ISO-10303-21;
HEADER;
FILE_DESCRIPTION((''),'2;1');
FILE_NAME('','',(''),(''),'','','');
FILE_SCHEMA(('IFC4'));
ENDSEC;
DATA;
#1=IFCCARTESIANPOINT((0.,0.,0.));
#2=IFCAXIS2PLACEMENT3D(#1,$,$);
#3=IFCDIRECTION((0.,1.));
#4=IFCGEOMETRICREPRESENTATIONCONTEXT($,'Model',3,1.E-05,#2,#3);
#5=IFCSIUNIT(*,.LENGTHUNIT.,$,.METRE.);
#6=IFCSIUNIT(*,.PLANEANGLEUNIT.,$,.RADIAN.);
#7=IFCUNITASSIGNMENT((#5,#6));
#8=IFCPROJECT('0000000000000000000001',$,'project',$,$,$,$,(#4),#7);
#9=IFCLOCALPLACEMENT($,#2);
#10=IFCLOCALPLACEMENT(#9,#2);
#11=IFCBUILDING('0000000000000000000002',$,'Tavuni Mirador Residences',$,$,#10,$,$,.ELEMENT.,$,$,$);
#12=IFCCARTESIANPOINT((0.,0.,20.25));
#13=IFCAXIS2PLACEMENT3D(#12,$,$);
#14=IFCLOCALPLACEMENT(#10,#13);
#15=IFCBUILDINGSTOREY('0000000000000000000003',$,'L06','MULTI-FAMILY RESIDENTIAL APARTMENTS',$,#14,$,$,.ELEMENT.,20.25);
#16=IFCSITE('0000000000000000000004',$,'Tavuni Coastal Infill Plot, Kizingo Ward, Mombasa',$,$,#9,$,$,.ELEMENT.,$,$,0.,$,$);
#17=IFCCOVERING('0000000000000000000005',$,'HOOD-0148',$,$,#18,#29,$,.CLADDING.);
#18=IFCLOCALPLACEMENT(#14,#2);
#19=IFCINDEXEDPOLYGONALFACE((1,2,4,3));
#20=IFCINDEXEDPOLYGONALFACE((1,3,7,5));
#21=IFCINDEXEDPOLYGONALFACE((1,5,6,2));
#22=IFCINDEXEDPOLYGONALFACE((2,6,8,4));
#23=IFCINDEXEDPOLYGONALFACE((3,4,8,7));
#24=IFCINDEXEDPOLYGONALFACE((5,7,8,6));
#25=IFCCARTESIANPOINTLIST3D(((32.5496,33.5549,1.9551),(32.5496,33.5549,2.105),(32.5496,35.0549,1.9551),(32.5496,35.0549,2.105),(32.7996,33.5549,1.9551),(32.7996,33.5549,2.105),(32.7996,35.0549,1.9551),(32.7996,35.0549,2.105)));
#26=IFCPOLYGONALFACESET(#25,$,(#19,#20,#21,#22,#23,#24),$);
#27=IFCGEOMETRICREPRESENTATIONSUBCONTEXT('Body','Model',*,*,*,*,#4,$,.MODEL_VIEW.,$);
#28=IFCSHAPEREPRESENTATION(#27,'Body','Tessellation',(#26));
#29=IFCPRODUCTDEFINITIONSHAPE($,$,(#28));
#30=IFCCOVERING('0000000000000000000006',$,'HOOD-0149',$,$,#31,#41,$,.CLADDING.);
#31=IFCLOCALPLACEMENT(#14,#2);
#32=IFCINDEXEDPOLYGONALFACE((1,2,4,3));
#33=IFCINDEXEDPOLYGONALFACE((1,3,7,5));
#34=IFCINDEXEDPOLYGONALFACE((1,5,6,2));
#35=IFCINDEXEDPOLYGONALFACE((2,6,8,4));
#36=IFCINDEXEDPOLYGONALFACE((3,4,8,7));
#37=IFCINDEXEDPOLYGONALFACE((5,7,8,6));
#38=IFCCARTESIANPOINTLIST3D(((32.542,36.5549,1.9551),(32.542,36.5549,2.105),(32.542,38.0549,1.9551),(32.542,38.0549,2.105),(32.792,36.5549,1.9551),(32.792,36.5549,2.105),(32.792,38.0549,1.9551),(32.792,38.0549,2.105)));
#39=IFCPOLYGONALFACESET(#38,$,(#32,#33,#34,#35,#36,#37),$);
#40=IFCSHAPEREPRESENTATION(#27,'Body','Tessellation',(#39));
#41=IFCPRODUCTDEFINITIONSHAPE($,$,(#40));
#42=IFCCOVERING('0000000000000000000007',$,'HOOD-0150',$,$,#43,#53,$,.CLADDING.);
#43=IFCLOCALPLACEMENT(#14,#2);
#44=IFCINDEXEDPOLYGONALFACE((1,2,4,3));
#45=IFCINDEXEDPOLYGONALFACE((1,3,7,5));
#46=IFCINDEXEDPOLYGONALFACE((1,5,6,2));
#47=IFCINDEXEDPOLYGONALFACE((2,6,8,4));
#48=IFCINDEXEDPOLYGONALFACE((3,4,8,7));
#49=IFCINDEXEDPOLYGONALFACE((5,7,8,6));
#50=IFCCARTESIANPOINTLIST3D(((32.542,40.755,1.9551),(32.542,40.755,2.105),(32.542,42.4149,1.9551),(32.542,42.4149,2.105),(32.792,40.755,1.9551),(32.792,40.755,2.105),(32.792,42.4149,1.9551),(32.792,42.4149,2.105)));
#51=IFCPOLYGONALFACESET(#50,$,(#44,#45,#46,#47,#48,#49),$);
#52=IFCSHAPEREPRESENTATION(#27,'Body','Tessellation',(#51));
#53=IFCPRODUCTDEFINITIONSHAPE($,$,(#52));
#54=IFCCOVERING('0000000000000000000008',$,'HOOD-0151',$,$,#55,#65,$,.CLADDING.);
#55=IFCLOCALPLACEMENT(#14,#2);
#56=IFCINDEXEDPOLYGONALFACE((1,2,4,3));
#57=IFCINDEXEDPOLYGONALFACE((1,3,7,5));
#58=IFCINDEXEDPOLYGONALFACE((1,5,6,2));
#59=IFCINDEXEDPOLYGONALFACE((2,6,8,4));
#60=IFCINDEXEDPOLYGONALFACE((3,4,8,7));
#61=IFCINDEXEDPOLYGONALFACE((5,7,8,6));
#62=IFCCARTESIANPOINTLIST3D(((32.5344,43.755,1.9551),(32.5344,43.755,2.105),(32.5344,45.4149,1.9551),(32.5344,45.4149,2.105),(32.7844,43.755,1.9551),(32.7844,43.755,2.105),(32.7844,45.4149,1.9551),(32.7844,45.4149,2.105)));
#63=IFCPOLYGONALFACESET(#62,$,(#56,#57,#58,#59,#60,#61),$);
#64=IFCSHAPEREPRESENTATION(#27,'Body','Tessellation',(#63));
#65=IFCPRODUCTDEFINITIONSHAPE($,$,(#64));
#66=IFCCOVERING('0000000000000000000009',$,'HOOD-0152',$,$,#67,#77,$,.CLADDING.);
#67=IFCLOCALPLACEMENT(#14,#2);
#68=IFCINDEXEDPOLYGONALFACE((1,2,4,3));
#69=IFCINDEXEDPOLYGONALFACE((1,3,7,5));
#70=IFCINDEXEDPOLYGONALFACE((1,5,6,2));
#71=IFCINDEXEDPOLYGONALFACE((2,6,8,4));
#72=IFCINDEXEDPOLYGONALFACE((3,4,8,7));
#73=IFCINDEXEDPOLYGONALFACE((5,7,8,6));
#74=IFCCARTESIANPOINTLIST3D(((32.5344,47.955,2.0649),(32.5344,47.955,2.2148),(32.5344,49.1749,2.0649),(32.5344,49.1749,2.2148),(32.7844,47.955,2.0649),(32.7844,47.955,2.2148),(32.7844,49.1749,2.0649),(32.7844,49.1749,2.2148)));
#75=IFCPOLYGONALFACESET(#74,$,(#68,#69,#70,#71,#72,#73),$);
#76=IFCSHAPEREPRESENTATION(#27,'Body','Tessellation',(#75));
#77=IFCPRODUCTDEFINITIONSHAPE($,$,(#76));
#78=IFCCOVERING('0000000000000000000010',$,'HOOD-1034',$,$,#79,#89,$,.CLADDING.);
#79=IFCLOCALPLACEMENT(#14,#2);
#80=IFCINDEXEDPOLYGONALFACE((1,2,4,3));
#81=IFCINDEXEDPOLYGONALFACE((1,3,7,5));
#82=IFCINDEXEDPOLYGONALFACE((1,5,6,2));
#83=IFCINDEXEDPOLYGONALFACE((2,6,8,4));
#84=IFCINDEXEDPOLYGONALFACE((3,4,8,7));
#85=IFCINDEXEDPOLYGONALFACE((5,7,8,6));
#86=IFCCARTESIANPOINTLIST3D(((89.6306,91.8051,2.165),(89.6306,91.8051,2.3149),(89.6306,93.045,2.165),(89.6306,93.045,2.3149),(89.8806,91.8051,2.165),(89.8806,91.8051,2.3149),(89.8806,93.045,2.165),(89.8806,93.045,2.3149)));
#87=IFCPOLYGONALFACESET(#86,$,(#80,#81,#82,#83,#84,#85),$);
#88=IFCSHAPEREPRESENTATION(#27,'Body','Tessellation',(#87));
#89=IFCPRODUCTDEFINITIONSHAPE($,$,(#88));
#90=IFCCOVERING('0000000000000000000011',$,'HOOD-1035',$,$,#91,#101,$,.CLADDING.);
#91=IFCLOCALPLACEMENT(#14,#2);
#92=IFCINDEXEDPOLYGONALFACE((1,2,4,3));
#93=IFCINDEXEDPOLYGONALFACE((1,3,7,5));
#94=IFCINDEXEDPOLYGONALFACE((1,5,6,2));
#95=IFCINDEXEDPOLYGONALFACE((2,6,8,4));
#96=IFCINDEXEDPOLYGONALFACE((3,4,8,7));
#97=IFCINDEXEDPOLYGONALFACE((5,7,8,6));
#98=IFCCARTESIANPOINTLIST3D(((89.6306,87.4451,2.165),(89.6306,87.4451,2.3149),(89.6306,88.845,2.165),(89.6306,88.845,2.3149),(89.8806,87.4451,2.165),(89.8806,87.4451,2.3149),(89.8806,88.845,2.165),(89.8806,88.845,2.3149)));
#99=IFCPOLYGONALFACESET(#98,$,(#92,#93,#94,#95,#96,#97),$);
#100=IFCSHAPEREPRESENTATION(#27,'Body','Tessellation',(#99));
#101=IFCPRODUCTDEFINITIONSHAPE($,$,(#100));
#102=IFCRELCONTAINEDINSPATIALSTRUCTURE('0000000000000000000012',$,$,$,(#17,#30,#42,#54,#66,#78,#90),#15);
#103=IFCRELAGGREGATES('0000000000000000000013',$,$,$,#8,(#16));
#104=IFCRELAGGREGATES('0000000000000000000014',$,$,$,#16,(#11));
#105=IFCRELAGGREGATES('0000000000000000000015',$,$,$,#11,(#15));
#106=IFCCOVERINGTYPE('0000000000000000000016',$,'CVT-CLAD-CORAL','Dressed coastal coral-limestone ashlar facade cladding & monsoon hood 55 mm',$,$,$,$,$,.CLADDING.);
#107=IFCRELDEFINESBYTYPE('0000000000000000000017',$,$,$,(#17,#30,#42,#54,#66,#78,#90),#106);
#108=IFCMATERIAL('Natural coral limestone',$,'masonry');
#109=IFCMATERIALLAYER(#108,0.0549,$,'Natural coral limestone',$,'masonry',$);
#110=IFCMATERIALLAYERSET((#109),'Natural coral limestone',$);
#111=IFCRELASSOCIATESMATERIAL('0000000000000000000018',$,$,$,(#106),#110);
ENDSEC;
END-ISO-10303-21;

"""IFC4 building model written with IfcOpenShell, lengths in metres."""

from ifc_helpers import new_model, si_unit, direction, frame, origin, origin_2d, place, context, subcontext, project, spatial, rectangle, extrude, material, layer, layer_set, type_object, element, save


model = new_model("IFC4")

# Units and contexts
model_context = context("Model", 3, precision=1e-05, world=origin(), true_north=direction((0.0, 1.0)))
body_context = subcontext(model_context, "Body", "Model", "MODEL_VIEW")
ifc_project = project(units=[si_unit("LENGTHUNIT", "METRE"), si_unit("PLANEANGLEUNIT", "RADIAN")], contexts=[model_context])

# Site, building, storey
site_placement = place(None, origin())
site = spatial("IfcSite", under=ifc_project, at=site_placement, Name="Tavuni Coastal Infill Plot, Kizingo Ward, Mombasa", CompositionType="ELEMENT", RefElevation=0.0)
building_placement = place(site_placement, origin())
building = spatial("IfcBuilding", under=site, at=building_placement, Name="Tavuni Mirador Residences", CompositionType="ELEMENT")
storey_placement = place(building_placement, frame((0.0, 0.0, 20.25)))
storey = spatial("IfcBuildingStorey", under=building, at=storey_placement, Name="L06", Description="MULTI-FAMILY RESIDENTIAL APARTMENTS", CompositionType="ELEMENT", Elevation=20.25)

# Coverings
ifc_material_1 = material(Name="Natural coral limestone", Category="masonry")
ifc_layer_1 = layer(ifc_material_1, 0.0549, Name="Natural coral limestone", Category="masonry")
ifc_layer_set_1 = layer_set([ifc_layer_1], Name="Natural coral limestone")
covering_type = type_object("IfcCoveringType", Name="CVT-CLAD-CORAL", Description="Dressed coastal coral-limestone ashlar facade cladding & monsoon hood 55 mm", PredefinedType="CLADDING", material=ifc_layer_set_1)
for number, where, z_axis, x_axis, name in (
    (1, (32.6746, 34.3049, 1.9551), (0.0, 0.0, 1.0), (0.0, 1.0, 0.0), "HOOD-0148"),
    (2, (32.667, 37.3049, 1.9551), (0.0, 0.0, 1.0), (0.0, 1.0, 0.0), "HOOD-0149"),
):
    element("IfcCovering", number, at=place(storey_placement, frame(where, z_axis=z_axis, x_axis=x_axis)), inside=storey, type_object=covering_type, Name=name, PredefinedType="CLADDING", context=body_context, shape_type="SweptSolid", body=[
        extrude(rectangle(XDim=1.5, YDim=0.25, at=origin_2d()), origin(), (0.0, 0.0, 1.0), 0.1499),
    ])
for number, where, z_axis, x_axis, name in (
    (3, (32.667, 41.585, 1.9551), (0.0, 0.0, 1.0), (0.0, 1.0, 0.0), "HOOD-0150"),
    (4, (32.6594, 44.585, 1.9551), (0.0, 0.0, 1.0), (0.0, 1.0, 0.0), "HOOD-0151"),
):
    element("IfcCovering", number, at=place(storey_placement, frame(where, z_axis=z_axis, x_axis=x_axis)), inside=storey, type_object=covering_type, Name=name, PredefinedType="CLADDING", context=body_context, shape_type="SweptSolid", body=[
        extrude(rectangle(XDim=1.6599, YDim=0.25, at=origin_2d()), origin(), (0.0, 0.0, 1.0), 0.1499),
    ])
covering_1_placement = place(storey_placement, frame((32.6594, 48.5649, 2.0649), z_axis=(0.0, 0.0, 1.0), x_axis=(0.0, 1.0, 0.0)))
element("IfcCovering", 5, at=covering_1_placement, inside=storey, type_object=covering_type, Name="HOOD-0152", PredefinedType="CLADDING", context=body_context, shape_type="SweptSolid", body=[
    extrude(rectangle(XDim=1.22, YDim=0.25, at=origin_2d()), origin(), (0.0, 0.0, 1.0), 0.1499),
])
covering_2_placement = place(storey_placement, frame((89.7556, 92.425, 2.165), z_axis=(0.0, 0.0, 1.0), x_axis=(0.0, -1.0, 0.0)))
element("IfcCovering", 6, at=covering_2_placement, inside=storey, type_object=covering_type, Name="HOOD-1034", PredefinedType="CLADDING", context=body_context, shape_type="SweptSolid", body=[
    extrude(rectangle(XDim=1.24, YDim=0.25, at=origin_2d()), origin(), (0.0, 0.0, 1.0), 0.1499),
])
covering_3_placement = place(storey_placement, frame((89.7556, 88.145, 2.165), z_axis=(0.0, 0.0, 1.0), x_axis=(0.0, -1.0, 0.0)))
element("IfcCovering", 7, at=covering_3_placement, inside=storey, type_object=covering_type, Name="HOOD-1035", PredefinedType="CLADDING", context=body_context, shape_type="SweptSolid", body=[
    extrude(rectangle(XDim=1.3999, YDim=0.25, at=origin_2d()), origin(), (0.0, 0.0, 1.0), 0.1499),
])

save(model, "model.ifc")
